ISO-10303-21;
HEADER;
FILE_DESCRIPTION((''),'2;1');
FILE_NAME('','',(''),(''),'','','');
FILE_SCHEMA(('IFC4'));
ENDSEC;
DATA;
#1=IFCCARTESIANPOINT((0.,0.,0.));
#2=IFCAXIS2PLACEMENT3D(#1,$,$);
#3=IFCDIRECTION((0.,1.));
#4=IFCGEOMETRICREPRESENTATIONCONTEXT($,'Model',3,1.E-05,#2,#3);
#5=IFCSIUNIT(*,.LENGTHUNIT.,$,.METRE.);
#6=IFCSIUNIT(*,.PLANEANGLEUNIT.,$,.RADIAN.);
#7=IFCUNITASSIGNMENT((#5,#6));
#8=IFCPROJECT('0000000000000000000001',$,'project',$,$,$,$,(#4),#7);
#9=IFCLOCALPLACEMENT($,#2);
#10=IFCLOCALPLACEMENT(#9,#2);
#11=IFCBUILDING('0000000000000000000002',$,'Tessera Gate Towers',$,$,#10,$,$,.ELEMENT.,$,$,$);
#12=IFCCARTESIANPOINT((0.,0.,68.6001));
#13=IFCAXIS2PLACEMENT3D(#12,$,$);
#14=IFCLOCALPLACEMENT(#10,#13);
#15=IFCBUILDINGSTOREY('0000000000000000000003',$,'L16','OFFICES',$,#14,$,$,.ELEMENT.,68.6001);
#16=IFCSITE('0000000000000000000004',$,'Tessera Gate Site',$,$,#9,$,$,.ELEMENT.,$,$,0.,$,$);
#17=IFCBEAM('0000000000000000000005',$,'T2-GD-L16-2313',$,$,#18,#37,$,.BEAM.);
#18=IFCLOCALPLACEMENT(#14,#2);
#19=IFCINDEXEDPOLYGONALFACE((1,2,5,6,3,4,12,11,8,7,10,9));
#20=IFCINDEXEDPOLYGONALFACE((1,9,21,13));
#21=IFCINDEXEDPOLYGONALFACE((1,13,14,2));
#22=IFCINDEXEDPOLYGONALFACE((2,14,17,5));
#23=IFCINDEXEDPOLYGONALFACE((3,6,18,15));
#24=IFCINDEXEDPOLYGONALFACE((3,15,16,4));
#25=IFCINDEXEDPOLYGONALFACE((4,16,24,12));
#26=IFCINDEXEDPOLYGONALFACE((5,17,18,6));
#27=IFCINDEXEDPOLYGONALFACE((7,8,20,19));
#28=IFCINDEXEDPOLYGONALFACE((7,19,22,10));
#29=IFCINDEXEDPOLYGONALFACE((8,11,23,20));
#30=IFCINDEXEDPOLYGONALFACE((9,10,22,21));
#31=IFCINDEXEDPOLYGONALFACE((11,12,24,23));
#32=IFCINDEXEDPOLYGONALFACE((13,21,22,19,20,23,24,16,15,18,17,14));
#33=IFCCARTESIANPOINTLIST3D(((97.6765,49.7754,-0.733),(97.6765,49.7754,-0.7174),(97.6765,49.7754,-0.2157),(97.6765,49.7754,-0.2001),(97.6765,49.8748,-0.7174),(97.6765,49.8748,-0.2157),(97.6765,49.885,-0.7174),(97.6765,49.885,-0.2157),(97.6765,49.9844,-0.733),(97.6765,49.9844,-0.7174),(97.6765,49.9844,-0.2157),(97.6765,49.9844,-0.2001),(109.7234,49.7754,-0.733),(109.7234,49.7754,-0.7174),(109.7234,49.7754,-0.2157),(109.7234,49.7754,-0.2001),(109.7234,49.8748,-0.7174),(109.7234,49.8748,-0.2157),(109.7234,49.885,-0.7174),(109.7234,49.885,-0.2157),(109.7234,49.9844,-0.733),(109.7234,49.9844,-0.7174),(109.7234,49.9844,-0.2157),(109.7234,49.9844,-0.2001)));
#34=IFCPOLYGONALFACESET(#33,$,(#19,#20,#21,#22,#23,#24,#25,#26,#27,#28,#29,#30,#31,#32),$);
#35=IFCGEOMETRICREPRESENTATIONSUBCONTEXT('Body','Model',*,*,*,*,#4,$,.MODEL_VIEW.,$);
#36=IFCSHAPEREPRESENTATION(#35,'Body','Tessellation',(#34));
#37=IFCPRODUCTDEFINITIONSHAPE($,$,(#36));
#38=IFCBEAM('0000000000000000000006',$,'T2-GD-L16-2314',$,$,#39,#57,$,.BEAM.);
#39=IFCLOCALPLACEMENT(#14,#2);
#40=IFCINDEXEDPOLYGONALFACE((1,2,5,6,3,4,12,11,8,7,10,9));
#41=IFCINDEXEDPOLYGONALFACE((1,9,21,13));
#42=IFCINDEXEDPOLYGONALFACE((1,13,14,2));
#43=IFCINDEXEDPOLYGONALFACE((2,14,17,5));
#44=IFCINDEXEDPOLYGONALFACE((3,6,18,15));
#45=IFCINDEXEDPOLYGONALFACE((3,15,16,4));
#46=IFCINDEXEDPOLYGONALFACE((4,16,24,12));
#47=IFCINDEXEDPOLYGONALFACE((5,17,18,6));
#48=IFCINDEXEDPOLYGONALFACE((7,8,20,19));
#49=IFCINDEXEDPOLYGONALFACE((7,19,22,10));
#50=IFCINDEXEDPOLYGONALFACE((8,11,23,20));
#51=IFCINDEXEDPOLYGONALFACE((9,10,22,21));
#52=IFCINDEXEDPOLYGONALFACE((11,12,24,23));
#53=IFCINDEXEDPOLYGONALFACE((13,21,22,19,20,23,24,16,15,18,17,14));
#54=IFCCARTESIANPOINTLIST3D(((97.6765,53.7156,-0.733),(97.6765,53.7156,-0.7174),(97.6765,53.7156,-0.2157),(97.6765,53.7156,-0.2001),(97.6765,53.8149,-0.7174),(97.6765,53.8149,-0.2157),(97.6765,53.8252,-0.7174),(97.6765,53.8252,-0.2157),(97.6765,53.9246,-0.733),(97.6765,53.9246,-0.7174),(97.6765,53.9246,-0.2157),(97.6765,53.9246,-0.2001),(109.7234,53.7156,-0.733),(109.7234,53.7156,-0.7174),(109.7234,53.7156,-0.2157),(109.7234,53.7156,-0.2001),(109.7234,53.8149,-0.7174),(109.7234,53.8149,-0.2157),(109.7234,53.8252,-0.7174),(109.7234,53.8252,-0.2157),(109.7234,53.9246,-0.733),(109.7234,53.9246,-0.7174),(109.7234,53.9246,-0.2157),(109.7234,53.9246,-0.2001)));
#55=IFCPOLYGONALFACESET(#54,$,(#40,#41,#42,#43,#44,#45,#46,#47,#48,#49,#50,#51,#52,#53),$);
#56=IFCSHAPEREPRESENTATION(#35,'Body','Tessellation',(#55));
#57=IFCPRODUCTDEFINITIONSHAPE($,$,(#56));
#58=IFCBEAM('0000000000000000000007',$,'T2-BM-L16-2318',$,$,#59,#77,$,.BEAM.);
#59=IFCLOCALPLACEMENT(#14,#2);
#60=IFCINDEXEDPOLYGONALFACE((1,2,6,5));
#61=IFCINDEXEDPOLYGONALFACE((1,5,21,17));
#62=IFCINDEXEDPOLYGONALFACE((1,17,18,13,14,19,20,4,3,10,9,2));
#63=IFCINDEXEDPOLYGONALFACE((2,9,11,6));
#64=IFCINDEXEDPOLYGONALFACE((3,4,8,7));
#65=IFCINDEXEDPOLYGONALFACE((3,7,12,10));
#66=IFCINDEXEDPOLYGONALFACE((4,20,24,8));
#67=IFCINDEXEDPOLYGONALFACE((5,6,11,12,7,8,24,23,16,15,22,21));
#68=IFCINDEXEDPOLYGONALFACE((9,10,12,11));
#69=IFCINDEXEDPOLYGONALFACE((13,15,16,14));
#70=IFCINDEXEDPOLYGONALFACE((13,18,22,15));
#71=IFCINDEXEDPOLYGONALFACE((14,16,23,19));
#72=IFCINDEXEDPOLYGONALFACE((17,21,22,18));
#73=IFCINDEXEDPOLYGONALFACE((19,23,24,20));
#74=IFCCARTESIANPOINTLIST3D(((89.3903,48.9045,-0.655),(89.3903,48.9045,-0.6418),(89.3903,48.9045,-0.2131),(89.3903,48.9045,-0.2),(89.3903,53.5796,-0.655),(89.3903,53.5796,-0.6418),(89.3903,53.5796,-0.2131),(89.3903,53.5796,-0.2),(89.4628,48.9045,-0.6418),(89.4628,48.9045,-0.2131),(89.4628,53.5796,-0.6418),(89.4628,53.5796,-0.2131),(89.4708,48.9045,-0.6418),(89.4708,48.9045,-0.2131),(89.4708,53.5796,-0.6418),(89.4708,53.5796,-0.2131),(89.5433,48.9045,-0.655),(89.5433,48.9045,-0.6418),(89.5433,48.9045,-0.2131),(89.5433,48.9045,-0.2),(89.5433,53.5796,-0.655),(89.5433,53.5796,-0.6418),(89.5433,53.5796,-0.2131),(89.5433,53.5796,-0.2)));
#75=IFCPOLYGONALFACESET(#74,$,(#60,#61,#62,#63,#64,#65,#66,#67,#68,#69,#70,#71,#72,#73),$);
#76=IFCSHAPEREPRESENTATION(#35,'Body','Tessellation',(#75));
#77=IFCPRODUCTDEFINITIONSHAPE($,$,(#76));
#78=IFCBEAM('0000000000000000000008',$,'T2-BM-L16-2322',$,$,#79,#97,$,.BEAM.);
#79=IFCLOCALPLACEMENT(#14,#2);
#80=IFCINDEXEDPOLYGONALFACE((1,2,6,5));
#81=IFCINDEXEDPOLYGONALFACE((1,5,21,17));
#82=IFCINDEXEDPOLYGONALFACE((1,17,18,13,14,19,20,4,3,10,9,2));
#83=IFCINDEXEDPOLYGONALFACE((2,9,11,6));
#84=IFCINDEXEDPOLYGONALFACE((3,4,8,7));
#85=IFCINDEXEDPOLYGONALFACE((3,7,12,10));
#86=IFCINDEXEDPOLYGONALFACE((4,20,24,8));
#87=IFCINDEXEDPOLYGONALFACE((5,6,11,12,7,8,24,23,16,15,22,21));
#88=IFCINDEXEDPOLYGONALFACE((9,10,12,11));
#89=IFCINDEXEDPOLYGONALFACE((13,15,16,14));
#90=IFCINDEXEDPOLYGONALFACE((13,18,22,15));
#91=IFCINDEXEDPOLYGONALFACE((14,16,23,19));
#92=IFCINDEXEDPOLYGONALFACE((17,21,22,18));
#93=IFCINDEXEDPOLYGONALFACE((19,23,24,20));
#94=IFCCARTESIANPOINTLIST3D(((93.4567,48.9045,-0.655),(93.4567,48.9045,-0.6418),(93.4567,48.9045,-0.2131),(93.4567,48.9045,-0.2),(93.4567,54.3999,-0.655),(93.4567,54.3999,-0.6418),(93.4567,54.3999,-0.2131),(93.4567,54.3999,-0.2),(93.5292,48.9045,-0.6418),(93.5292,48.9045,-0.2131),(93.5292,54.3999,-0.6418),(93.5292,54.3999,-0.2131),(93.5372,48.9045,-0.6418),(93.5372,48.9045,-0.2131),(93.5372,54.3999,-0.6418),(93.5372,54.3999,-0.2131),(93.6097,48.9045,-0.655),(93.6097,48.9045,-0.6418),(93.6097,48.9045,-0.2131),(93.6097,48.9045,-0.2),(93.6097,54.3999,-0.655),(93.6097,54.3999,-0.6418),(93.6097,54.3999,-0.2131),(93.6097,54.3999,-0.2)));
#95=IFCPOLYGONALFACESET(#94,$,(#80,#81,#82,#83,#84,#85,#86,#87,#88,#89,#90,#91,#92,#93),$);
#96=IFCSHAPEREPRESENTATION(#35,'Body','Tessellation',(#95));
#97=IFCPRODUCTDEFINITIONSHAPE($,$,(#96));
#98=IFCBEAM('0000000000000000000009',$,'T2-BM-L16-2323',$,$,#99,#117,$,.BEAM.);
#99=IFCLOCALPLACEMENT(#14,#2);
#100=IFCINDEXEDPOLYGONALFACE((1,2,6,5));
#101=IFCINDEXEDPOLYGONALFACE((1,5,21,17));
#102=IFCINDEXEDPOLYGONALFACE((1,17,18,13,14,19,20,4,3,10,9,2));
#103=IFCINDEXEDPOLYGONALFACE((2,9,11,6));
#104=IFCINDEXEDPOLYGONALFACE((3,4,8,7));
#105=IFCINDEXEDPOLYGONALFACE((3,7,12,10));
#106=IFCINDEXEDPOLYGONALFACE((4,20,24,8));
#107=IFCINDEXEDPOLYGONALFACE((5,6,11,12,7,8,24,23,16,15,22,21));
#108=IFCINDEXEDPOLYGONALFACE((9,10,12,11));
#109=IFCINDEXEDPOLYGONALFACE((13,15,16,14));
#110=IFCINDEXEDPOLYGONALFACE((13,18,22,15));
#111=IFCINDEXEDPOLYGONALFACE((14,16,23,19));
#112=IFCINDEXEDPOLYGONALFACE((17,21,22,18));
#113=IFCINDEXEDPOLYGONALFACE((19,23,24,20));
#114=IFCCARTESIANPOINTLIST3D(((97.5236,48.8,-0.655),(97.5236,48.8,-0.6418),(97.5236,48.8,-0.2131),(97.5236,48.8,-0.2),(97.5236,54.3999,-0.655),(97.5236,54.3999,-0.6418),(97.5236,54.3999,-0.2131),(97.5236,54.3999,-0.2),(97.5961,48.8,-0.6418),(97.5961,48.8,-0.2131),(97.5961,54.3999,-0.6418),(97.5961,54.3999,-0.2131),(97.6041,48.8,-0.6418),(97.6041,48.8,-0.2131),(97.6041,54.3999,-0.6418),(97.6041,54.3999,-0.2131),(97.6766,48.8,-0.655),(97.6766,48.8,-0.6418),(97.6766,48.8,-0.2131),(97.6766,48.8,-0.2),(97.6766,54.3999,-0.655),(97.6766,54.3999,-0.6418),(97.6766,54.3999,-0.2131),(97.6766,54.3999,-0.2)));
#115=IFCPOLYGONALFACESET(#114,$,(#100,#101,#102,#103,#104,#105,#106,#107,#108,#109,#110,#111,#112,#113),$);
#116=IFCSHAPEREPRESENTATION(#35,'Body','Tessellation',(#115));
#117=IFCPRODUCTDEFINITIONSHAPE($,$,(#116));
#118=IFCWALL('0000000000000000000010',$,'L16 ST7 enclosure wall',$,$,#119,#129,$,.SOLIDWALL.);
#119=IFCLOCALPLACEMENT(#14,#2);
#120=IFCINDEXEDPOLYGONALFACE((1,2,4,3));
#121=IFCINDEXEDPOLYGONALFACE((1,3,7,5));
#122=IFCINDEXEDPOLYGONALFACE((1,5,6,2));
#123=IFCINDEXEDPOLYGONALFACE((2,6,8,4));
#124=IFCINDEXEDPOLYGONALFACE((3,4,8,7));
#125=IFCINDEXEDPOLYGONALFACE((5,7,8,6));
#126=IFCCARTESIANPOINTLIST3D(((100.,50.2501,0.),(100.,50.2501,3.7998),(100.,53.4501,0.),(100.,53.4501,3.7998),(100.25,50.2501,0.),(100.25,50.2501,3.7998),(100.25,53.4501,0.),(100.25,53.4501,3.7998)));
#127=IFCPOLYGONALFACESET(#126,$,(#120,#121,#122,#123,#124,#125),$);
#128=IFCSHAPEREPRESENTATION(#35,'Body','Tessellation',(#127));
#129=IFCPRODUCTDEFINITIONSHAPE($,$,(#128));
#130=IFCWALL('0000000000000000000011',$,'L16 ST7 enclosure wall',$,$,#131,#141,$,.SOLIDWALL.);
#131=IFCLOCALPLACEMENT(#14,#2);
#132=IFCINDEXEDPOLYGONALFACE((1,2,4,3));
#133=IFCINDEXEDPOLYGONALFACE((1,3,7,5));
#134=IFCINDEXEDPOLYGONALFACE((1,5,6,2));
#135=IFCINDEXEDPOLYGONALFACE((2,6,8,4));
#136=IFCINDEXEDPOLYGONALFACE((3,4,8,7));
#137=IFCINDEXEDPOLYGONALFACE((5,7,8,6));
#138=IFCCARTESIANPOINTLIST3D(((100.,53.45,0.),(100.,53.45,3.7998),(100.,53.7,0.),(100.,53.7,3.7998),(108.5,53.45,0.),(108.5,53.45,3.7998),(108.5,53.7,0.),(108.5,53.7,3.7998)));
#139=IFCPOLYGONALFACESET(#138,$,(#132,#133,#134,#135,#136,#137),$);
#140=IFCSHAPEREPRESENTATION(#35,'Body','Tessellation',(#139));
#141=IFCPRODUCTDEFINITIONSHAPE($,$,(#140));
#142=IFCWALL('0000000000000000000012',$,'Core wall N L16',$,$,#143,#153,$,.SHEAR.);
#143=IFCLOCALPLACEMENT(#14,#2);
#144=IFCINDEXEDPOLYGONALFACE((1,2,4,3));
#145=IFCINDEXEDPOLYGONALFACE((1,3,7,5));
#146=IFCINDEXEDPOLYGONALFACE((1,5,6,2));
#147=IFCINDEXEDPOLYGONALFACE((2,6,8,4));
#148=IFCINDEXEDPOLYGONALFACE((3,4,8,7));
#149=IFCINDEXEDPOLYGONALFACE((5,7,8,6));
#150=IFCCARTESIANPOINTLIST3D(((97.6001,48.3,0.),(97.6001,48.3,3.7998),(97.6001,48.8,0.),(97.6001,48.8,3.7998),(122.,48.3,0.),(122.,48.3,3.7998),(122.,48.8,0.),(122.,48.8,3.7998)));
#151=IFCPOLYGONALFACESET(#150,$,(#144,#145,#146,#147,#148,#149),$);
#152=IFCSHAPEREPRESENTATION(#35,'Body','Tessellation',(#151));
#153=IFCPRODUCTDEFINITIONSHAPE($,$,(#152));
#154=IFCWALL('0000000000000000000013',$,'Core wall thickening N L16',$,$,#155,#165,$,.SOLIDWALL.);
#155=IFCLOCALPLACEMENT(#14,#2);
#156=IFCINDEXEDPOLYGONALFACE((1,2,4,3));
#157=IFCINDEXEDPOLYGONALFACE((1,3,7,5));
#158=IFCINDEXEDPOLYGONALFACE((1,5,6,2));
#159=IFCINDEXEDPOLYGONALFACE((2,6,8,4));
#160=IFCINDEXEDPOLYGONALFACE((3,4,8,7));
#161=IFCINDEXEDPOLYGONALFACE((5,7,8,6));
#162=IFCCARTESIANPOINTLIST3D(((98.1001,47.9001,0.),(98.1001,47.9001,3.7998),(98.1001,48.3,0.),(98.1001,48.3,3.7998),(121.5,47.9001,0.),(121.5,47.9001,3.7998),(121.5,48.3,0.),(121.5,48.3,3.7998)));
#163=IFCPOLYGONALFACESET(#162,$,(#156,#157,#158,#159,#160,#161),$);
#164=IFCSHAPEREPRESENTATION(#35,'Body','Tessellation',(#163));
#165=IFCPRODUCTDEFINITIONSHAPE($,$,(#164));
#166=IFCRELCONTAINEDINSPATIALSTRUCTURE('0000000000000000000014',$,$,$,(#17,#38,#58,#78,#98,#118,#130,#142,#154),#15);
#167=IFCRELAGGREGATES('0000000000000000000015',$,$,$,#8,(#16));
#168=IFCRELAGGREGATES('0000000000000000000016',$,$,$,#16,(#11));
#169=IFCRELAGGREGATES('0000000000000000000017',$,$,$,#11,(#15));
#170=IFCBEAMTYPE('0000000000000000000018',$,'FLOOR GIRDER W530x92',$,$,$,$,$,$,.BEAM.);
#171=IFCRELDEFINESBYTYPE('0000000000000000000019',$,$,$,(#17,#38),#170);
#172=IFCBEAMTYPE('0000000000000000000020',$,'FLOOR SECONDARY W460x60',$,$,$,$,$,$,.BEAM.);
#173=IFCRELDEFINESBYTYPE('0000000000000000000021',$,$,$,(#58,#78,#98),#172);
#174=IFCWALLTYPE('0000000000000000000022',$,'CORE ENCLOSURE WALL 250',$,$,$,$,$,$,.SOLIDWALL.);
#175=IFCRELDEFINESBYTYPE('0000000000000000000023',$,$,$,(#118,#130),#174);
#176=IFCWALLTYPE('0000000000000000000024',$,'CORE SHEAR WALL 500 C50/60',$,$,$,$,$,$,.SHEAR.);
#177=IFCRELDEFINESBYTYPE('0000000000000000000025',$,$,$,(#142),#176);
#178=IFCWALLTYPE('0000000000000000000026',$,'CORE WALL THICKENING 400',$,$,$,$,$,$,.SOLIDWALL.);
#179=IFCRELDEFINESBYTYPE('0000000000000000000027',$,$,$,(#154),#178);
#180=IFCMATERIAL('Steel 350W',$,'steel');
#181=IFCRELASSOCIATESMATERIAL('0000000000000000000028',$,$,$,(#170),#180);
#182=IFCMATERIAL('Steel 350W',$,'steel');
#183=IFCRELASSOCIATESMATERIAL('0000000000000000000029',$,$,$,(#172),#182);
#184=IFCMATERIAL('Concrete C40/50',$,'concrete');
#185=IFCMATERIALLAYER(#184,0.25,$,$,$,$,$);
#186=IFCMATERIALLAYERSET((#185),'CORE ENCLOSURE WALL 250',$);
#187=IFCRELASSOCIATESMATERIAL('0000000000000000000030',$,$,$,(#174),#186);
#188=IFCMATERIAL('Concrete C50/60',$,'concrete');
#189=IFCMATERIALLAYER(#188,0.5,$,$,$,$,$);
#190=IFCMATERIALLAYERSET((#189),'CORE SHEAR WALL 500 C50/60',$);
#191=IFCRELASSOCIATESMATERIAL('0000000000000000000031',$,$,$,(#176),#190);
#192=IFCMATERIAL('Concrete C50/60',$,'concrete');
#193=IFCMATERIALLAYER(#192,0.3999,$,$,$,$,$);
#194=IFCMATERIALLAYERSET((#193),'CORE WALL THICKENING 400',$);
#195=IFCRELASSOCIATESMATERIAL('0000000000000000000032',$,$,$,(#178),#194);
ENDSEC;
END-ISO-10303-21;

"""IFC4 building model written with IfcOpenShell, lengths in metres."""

from ifc_helpers import new_model, si_unit, direction, frame, frame_2d, origin, origin_2d, place, context, subcontext, project, spatial, rectangle, i_section, extrude, material, layer, layer_set, material_profile, profile_set, type_object, element, save


model = new_model("IFC4")

# Units and contexts
model_context = context("Model", 3, precision=1e-05, world=origin(), true_north=direction((0.0, 1.0)))
body_context = subcontext(model_context, "Body", "Model", "MODEL_VIEW")
ifc_project = project(units=[si_unit("LENGTHUNIT", "METRE"), si_unit("PLANEANGLEUNIT", "RADIAN")], contexts=[model_context])

# Site, building, storey
site_placement = place(None, origin())
site = spatial("IfcSite", under=ifc_project, at=site_placement, Name="Tessera Gate Site", CompositionType="ELEMENT", RefElevation=0.0)
building_placement = place(site_placement, origin())
building = spatial("IfcBuilding", under=site, at=building_placement, Name="Tessera Gate Towers", CompositionType="ELEMENT")
storey_placement = place(building_placement, frame((0.0, 0.0, 68.6001)))
storey = spatial("IfcBuildingStorey", under=building, at=storey_placement, Name="L16", Description="OFFICES", CompositionType="ELEMENT", Elevation=68.6001)

# Beams
ifc_material_1 = material(Name="Steel 350W", Category="steel")
ifc_material_profile_1 = material_profile(ifc_material_1, i_section(OverallWidth=0.209, OverallDepth=0.533, WebThickness=0.0103, FlangeThickness=0.0156, at=origin_2d()), Name="W530x92")
ifc_profile_set_1 = profile_set([ifc_material_profile_1], Name="Steel 350W")
beam_type_1 = type_object("IfcBeamType", Name="FLOOR GIRDER W530x92", PredefinedType="BEAM", material=ifc_profile_set_1)
for number, where, z_axis, x_axis, name in (
    (1, (97.6765, 49.8799, -0.4666), (1.0, 0.0, 0.0), (0.0, 1.0, 0.0), "T2-GD-L16-2313"),
    (2, (97.6765, 53.8201, -0.4666), (1.0, 0.0, 0.0), (0.0, 1.0, 0.0), "T2-GD-L16-2314"),
):
    element("IfcBeam", number, at=place(storey_placement, frame(where, z_axis=z_axis, x_axis=x_axis)), inside=storey, type_object=beam_type_1, Name=name, PredefinedType="BEAM", context=body_context, shape_type="SweptSolid", body=[
        extrude(i_section(OverallWidth=0.209, OverallDepth=0.533, WebThickness=0.0103, FlangeThickness=0.0156, at=origin_2d()), origin(), (0.0, 0.0, 1.0), 12.0469),
    ])
ifc_material_2 = material(Name="Steel 350W", Category="steel")
ifc_material_profile_2 = material_profile(ifc_material_2, i_section(OverallWidth=0.1531, OverallDepth=0.4551, WebThickness=0.0081, FlangeThickness=0.0132, at=origin_2d()), Name="W460x60")
ifc_profile_set_2 = profile_set([ifc_material_profile_2], Name="Steel 350W")
beam_type_2 = type_object("IfcBeamType", Name="FLOOR SECONDARY W460x60", PredefinedType="BEAM", material=ifc_profile_set_2)
beam_1_placement = place(storey_placement, frame((89.4668, 48.9045, -0.4275), z_axis=(0.0, 1.0, 0.0), x_axis=(-1.0, 0.0, 0.0)))
element("IfcBeam", 3, at=beam_1_placement, inside=storey, type_object=beam_type_2, Name="T2-BM-L16-2318", PredefinedType="BEAM", context=body_context, shape_type="SweptSolid", body=[
    extrude(i_section(OverallWidth=0.1531, OverallDepth=0.4551, WebThickness=0.0081, FlangeThickness=0.0132, at=origin_2d()), origin(), (0.0, 0.0, 1.0), 4.675),
])
beam_2_placement = place(storey_placement, frame((93.5332, 48.9045, -0.4275), z_axis=(0.0, 1.0, 0.0), x_axis=(-1.0, 0.0, 0.0)))
element("IfcBeam", 4, at=beam_2_placement, inside=storey, type_object=beam_type_2, Name="T2-BM-L16-2322", PredefinedType="BEAM", context=body_context, shape_type="SweptSolid", body=[
    extrude(i_section(OverallWidth=0.1531, OverallDepth=0.4551, WebThickness=0.0081, FlangeThickness=0.0132, at=origin_2d()), origin(), (0.0, 0.0, 1.0), 5.4954),
])
beam_3_placement = place(storey_placement, frame((97.6001, 48.8, -0.4275), z_axis=(0.0, 1.0, 0.0), x_axis=(-1.0, 0.0, 0.0)))
element("IfcBeam", 5, at=beam_3_placement, inside=storey, type_object=beam_type_2, Name="T2-BM-L16-2323", PredefinedType="BEAM", context=body_context, shape_type="SweptSolid", body=[
    extrude(i_section(OverallWidth=0.1531, OverallDepth=0.4551, WebThickness=0.0081, FlangeThickness=0.0132, at=origin_2d()), origin(), (0.0, 0.0, 1.0), 5.5999),
])

# Walls
ifc_material_3 = material(Name="Concrete C40/50", Category="concrete")
ifc_layer_1 = layer(ifc_material_3, 0.25)
ifc_layer_set_1 = layer_set([ifc_layer_1], Name="CORE ENCLOSURE WALL 250")
wall_type_1 = type_object("IfcWallType", Name="CORE ENCLOSURE WALL 250", PredefinedType="SOLIDWALL", material=ifc_layer_set_1)
wall_1_placement = place(storey_placement, frame((100.125, 50.25, 0.0), z_axis=(0.0, 0.0, 1.0), x_axis=(0.0, 1.0, 0.0)))
element("IfcWall", 6, at=wall_1_placement, inside=storey, type_object=wall_type_1, Name="L16 ST7 enclosure wall", PredefinedType="SOLIDWALL", context=body_context, shape_type="SweptSolid", body=[
    extrude(rectangle(XDim=3.2, YDim=0.25, at=frame_2d((1.6001, 0.0))), origin(), (0.0, 0.0, 1.0), 3.7998),
])
wall_2_placement = place(storey_placement, frame((100.0, 53.575, 0.0), z_axis=(0.0, 0.0, 1.0), x_axis=(1.0, 0.0, 0.0)))
element("IfcWall", 7, at=wall_2_placement, inside=storey, type_object=wall_type_1, Name="L16 ST7 enclosure wall", PredefinedType="SOLIDWALL", context=body_context, shape_type="SweptSolid", body=[
    extrude(rectangle(XDim=8.5, YDim=0.25, at=frame_2d((4.25, 0.0))), origin(), (0.0, 0.0, 1.0), 3.7998),
])
ifc_material_4 = material(Name="Concrete C50/60", Category="concrete")
ifc_layer_2 = layer(ifc_material_4, 0.5)
ifc_layer_set_2 = layer_set([ifc_layer_2], Name="CORE SHEAR WALL 500 C50/60")
wall_type_2 = type_object("IfcWallType", Name="CORE SHEAR WALL 500 C50/60", PredefinedType="SHEAR", material=ifc_layer_set_2)
wall_3_placement = place(storey_placement, frame((97.6001, 48.55, 0.0), z_axis=(0.0, 0.0, 1.0), x_axis=(1.0, 0.0, 0.0)))
element("IfcWall", 8, at=wall_3_placement, inside=storey, type_object=wall_type_2, Name="Core wall N L16", PredefinedType="SHEAR", context=body_context, shape_type="SweptSolid", body=[
    extrude(rectangle(XDim=24.3999, YDim=0.5, at=frame_2d((12.2, 0.0))), origin(), (0.0, 0.0, 1.0), 3.7998),
])
ifc_material_5 = material(Name="Concrete C50/60", Category="concrete")
ifc_layer_3 = layer(ifc_material_5, 0.3999)
ifc_layer_set_3 = layer_set([ifc_layer_3], Name="CORE WALL THICKENING 400")
wall_type_3 = type_object("IfcWallType", Name="CORE WALL THICKENING 400", PredefinedType="SOLIDWALL", material=ifc_layer_set_3)
wall_4_placement = place(storey_placement, frame((98.1001, 48.1001, 0.0), z_axis=(0.0, 0.0, 1.0), x_axis=(1.0, 0.0, 0.0)))
element("IfcWall", 9, at=wall_4_placement, inside=storey, type_object=wall_type_3, Name="Core wall thickening N L16", PredefinedType="SOLIDWALL", context=body_context, shape_type="SweptSolid", body=[
    extrude(rectangle(XDim=23.3999, YDim=0.3999, at=frame_2d((11.7, 0.0))), origin(), (0.0, 0.0, 1.0), 3.7998),
])

save(model, "model.ifc")
